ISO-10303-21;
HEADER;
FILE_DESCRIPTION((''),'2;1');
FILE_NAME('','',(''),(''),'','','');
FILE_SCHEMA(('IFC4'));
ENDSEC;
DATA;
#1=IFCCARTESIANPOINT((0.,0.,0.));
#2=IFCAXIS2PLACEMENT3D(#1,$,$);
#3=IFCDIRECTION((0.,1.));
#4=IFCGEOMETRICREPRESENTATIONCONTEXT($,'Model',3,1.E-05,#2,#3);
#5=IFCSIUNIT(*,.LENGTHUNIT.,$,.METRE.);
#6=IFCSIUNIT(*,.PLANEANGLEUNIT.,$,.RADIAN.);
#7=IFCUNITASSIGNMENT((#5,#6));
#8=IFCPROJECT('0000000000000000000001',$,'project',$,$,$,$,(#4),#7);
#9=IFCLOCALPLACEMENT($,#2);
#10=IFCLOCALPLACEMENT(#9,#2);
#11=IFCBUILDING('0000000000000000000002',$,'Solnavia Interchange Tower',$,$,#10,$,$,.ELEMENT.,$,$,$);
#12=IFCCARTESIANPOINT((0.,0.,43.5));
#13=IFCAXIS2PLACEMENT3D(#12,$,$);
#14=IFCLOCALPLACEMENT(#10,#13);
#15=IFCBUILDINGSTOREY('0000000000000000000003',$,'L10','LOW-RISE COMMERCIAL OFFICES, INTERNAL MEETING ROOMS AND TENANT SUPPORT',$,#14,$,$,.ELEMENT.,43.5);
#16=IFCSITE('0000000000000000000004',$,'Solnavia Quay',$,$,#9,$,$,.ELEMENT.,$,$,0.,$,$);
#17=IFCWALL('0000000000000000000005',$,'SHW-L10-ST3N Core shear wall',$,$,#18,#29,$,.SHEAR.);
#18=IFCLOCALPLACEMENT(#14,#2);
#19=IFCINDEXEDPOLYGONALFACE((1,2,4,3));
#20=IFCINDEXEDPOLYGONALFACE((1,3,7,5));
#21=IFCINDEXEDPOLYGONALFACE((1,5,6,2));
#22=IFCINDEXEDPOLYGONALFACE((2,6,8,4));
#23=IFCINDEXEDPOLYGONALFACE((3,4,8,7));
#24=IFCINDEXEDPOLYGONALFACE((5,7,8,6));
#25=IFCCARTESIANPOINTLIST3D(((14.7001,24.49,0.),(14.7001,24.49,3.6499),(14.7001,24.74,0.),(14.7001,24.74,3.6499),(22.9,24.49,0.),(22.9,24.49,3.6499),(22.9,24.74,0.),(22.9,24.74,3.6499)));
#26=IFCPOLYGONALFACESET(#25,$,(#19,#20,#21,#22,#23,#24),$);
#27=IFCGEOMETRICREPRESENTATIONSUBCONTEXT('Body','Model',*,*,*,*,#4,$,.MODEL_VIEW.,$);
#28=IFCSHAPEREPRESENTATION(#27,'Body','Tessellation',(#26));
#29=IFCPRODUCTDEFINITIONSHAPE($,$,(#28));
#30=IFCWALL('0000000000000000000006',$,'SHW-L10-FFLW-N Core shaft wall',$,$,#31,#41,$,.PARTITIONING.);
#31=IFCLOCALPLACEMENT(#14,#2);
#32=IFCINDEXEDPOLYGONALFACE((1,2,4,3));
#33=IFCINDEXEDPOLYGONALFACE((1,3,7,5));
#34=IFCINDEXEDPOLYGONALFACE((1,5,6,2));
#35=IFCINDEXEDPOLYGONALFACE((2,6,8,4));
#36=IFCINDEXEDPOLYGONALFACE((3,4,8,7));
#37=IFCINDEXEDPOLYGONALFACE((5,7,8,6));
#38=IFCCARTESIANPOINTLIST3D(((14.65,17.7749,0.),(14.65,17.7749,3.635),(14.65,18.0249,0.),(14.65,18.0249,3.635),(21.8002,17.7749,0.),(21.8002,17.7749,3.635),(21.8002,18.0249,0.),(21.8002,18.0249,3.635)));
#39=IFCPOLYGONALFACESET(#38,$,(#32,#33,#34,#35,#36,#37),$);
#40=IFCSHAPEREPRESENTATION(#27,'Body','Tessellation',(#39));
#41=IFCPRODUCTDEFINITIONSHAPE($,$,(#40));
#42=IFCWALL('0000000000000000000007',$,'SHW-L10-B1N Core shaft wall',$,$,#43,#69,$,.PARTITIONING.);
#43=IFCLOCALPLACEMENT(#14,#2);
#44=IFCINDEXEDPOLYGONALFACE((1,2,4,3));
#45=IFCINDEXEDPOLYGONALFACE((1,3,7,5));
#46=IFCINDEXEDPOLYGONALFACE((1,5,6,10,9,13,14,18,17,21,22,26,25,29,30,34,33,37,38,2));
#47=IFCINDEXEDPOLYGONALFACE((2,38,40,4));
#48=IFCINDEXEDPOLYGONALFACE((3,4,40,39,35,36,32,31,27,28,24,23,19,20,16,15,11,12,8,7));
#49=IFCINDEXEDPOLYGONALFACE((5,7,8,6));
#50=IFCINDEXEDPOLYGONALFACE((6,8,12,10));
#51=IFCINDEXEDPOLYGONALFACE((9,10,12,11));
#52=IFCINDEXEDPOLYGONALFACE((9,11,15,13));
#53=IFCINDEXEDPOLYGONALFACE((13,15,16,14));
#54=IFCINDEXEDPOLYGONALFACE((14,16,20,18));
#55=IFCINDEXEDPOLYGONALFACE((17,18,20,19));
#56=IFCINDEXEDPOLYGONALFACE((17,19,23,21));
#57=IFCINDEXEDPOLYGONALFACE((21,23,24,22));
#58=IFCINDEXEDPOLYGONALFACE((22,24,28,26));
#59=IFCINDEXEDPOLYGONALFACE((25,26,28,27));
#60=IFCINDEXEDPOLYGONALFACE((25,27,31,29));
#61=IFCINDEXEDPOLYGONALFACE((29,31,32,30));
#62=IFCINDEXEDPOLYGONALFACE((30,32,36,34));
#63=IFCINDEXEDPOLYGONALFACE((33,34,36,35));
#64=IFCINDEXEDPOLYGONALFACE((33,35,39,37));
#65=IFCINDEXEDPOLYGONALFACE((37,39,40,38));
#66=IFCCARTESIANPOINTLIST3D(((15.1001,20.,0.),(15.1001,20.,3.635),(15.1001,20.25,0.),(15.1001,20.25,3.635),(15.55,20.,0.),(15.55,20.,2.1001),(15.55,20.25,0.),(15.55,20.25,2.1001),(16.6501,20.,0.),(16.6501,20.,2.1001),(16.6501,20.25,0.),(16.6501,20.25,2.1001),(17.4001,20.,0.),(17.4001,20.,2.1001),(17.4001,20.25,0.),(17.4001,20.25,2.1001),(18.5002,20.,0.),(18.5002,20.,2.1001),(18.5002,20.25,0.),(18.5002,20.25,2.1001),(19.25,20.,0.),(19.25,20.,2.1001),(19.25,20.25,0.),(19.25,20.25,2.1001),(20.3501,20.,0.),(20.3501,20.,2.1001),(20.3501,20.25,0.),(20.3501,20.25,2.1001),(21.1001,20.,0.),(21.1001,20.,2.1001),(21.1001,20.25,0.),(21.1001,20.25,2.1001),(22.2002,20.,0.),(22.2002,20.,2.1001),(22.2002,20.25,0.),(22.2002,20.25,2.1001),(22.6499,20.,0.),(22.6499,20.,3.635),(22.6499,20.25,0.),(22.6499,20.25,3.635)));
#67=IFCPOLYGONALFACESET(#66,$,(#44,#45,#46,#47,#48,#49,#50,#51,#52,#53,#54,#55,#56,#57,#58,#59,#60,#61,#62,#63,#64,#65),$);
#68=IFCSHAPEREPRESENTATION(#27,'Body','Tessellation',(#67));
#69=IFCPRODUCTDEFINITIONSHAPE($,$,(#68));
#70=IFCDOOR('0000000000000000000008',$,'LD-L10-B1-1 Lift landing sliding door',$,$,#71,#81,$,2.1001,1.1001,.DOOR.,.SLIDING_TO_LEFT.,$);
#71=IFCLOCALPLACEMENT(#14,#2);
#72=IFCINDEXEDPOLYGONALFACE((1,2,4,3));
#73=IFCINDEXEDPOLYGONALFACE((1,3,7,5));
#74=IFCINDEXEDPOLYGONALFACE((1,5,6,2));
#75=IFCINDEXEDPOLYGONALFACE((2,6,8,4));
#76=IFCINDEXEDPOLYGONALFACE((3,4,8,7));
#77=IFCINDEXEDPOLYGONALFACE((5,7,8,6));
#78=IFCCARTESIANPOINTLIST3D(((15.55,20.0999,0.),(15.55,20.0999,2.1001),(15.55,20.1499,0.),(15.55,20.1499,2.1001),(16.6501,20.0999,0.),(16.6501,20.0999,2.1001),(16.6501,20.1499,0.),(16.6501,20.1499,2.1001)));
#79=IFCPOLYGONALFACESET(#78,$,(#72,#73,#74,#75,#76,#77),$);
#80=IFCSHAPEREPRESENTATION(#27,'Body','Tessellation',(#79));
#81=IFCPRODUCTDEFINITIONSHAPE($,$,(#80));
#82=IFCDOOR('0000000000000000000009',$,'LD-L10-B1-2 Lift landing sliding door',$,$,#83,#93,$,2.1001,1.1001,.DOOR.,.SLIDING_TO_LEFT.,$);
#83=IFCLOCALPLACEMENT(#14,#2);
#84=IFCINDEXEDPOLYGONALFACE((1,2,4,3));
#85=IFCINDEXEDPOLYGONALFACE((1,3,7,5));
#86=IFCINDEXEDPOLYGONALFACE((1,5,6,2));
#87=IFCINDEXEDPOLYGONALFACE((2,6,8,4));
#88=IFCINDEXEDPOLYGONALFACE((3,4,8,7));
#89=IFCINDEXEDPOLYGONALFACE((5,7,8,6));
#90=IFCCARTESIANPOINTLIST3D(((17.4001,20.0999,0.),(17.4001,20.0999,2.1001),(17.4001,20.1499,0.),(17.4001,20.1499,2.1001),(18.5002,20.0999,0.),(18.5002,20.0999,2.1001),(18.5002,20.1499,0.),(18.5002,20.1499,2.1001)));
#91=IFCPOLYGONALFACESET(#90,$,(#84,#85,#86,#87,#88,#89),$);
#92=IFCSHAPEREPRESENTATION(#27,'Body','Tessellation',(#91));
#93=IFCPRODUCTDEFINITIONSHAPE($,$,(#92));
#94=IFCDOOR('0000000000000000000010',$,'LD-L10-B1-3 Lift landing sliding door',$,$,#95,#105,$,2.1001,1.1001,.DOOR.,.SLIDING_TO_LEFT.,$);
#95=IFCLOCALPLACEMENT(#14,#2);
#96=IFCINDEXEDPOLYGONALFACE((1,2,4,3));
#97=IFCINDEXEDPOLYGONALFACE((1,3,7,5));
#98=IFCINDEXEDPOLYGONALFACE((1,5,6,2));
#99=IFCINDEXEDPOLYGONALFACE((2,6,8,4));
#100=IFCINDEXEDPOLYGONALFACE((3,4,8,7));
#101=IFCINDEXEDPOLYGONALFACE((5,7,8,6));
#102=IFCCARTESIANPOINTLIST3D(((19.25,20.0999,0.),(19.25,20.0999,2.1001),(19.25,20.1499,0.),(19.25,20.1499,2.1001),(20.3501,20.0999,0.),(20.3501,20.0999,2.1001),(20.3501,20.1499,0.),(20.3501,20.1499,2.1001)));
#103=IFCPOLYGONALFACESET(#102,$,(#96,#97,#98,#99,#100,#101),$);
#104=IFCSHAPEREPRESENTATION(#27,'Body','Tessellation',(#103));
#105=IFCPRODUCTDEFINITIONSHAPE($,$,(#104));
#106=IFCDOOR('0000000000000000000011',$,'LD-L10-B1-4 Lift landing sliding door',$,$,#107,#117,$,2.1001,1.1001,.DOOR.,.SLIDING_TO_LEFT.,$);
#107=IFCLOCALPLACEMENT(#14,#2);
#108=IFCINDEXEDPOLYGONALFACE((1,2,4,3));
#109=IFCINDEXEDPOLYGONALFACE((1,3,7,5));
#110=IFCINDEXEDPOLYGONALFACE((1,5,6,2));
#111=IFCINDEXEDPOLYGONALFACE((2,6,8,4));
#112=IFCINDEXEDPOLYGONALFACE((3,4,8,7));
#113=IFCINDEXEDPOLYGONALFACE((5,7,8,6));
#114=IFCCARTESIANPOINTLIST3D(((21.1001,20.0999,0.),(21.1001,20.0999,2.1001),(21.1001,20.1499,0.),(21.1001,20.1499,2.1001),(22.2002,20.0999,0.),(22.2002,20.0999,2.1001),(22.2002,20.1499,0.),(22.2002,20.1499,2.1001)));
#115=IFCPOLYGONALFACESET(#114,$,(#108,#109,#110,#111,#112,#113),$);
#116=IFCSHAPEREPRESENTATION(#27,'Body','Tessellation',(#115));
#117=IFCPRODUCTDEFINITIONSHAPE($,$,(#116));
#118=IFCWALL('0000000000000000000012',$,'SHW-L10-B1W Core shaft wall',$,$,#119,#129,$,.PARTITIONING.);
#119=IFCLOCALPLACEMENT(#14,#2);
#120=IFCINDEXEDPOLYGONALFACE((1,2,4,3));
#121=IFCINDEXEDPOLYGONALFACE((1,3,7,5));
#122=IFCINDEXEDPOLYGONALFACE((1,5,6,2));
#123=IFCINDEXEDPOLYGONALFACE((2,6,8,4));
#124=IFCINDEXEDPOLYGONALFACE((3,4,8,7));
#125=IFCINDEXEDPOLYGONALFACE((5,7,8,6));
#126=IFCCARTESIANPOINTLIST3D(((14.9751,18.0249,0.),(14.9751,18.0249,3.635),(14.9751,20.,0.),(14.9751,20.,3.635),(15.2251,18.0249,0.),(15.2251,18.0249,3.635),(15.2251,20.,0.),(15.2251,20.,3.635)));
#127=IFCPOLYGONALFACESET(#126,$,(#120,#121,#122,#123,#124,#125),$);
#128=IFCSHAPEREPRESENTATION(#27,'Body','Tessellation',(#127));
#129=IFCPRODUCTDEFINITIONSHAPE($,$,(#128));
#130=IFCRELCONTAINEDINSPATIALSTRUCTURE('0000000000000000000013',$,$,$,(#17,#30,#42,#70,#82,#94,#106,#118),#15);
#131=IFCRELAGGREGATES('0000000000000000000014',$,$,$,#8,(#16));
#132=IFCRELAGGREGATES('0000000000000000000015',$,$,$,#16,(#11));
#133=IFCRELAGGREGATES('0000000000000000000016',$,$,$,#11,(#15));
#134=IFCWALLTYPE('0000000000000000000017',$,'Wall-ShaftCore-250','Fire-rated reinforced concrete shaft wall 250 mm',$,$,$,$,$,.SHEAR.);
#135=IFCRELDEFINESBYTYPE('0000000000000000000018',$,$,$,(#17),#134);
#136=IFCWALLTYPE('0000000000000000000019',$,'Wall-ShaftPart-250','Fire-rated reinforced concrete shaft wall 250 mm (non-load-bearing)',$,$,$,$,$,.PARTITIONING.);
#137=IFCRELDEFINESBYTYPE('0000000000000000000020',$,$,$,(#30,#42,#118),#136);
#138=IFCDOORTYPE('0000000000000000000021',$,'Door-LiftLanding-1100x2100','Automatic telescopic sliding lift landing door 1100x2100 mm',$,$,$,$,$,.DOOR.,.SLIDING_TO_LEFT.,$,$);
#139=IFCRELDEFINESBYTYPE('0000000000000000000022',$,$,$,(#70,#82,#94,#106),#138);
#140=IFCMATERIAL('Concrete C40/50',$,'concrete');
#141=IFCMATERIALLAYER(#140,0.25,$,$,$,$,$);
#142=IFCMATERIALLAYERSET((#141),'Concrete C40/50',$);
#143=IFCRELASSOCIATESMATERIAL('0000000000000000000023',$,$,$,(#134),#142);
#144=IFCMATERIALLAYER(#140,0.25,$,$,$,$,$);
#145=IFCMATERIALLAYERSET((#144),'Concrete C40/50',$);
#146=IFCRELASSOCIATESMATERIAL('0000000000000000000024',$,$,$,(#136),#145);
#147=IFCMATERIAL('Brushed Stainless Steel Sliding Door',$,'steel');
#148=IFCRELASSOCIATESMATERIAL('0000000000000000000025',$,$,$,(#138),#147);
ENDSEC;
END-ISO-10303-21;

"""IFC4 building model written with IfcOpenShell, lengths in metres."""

from ifc_helpers import new_model, si_unit, direction, frame, frame_2d, origin, place, context, subcontext, project, spatial, rectangle, extrude, material, layer, layer_set, type_object, element, fill, save


model = new_model("IFC4")

# Units and contexts
model_context = context("Model", 3, precision=1e-05, world=origin(), true_north=direction((0.0, 1.0)))
body_context = subcontext(model_context, "Body", "Model", "MODEL_VIEW")
ifc_project = project(units=[si_unit("LENGTHUNIT", "METRE"), si_unit("PLANEANGLEUNIT", "RADIAN")], contexts=[model_context])

# Site, building, storey
site_placement = place(None, origin())
site = spatial("IfcSite", under=ifc_project, at=site_placement, Name="Solnavia Quay", CompositionType="ELEMENT", RefElevation=0.0)
building_placement = place(site_placement, origin())
building = spatial("IfcBuilding", under=site, at=building_placement, Name="Solnavia Interchange Tower", CompositionType="ELEMENT")
storey_placement = place(building_placement, frame((0.0, 0.0, 43.5)))
storey = spatial("IfcBuildingStorey", under=building, at=storey_placement, Name="L10", Description="LOW-RISE COMMERCIAL OFFICES, INTERNAL MEETING ROOMS AND TENANT SUPPORT", CompositionType="ELEMENT", Elevation=43.5)

# Shared definitions
ifc_material_1 = material(Name="Concrete C40/50", Category="concrete")

# Shared definitions
ifc_layer_1 = layer(ifc_material_1, 0.25)
ifc_layer_set_1 = layer_set([ifc_layer_1], Name="Concrete C40/50")
wall_type_1 = type_object("IfcWallType", Name="Wall-ShaftCore-250", Description="Fire-rated reinforced concrete shaft wall 250 mm", PredefinedType="SHEAR", material=ifc_layer_set_1)

# Walls
for number, where, z_axis, x_axis, name in (
    (1, (14.7, 24.615, 0.0), (0.0, 0.0, 1.0), (1.0, 0.0, 0.0), "SHW-L10-ST3N Core shear wall"),
):
    element("IfcWall", number, at=place(storey_placement, frame(where, z_axis=z_axis, x_axis=x_axis)), inside=storey, type_object=wall_type_1, Name=name, PredefinedType="SHEAR", context=body_context, shape_type="SweptSolid", body=[
        extrude(rectangle(XDim=8.2, YDim=0.25, at=frame_2d((4.1001, 0.0))), origin(), (0.0, 0.0, 1.0), 3.6499),
    ])
ifc_layer_2 = layer(ifc_material_1, 0.25)
ifc_layer_set_2 = layer_set([ifc_layer_2], Name="Concrete C40/50")
wall_type_2 = type_object("IfcWallType", Name="Wall-ShaftPart-250", Description="Fire-rated reinforced concrete shaft wall 250 mm (non-load-bearing)", PredefinedType="PARTITIONING", material=ifc_layer_set_2)
wall_1_placement = place(storey_placement, frame((14.6499, 17.8999, 0.0), z_axis=(0.0, 0.0, 1.0), x_axis=(1.0, 0.0, 0.0)))
element("IfcWall", 2, at=wall_1_placement, inside=storey, type_object=wall_type_2, Name="SHW-L10-FFLW-N Core shaft wall", PredefinedType="PARTITIONING", context=body_context, shape_type="SweptSolid", body=[
    extrude(rectangle(XDim=7.1501, YDim=0.25, at=frame_2d((3.5752, 0.0))), origin(), (0.0, 0.0, 1.0), 3.635),
])

# Wall, openings, doors
wall_2_placement = place(storey_placement, frame((15.1001, 20.125, 0.0), z_axis=(0.0, 0.0, 1.0), x_axis=(1.0, 0.0, 0.0)))
wall_2 = element("IfcWall", 3, at=wall_2_placement, inside=storey, type_object=wall_type_2, Name="SHW-L10-B1N Core shaft wall", PredefinedType="PARTITIONING", context=body_context, shape_type="SweptSolid", body=[
    extrude(rectangle(XDim=7.5498, YDim=0.25, at=frame_2d((3.7749, 0.0))), origin(), (0.0, 0.0, 1.0), 3.635),
])
opening_1_placement = place(wall_2_placement, frame((0.45, 0.0, 0.0)))
opening_1 = element("IfcOpeningElement", 4, at=opening_1_placement, cuts=wall_2, PredefinedType="OPENING", context=body_context, shape_type="SweptSolid", body=[
    extrude(rectangle(XDim=1.1001, YDim=2.1001, at=frame_2d((0.55, 1.05))), frame((0.0, 0.135, 0.0), z_axis=(0.0, -1.0, 0.0), x_axis=(1.0, 0.0, 0.0)), (0.0, 0.0, 1.0), 0.27),
])
opening_2_placement = place(wall_2_placement, frame((2.3, 0.0, 0.0)))
opening_2 = element("IfcOpeningElement", 5, at=opening_2_placement, cuts=wall_2, PredefinedType="OPENING", context=body_context, shape_type="SweptSolid", body=[
    extrude(rectangle(XDim=1.1001, YDim=2.1001, at=frame_2d((0.55, 1.05))), frame((0.0, 0.135, 0.0), z_axis=(0.0, -1.0, 0.0), x_axis=(1.0, 0.0, 0.0)), (0.0, 0.0, 1.0), 0.27),
])
opening_3_placement = place(wall_2_placement, frame((4.1499, 0.0, 0.0)))
opening_3 = element("IfcOpeningElement", 6, at=opening_3_placement, cuts=wall_2, PredefinedType="OPENING", context=body_context, shape_type="SweptSolid", body=[
    extrude(rectangle(XDim=1.1001, YDim=2.1001, at=frame_2d((0.55, 1.05))), frame((0.0, 0.135, 0.0), z_axis=(0.0, -1.0, 0.0), x_axis=(1.0, 0.0, 0.0)), (0.0, 0.0, 1.0), 0.27),
])
opening_4_placement = place(wall_2_placement, frame((6.0, 0.0, 0.0)))
opening_4 = element("IfcOpeningElement", 7, at=opening_4_placement, cuts=wall_2, PredefinedType="OPENING", context=body_context, shape_type="SweptSolid", body=[
    extrude(rectangle(XDim=1.1001, YDim=2.1001, at=frame_2d((0.55, 1.05))), frame((0.0, 0.135, 0.0), z_axis=(0.0, -1.0, 0.0), x_axis=(1.0, 0.0, 0.0)), (0.0, 0.0, 1.0), 0.27),
])
ifc_material_2 = material(Name="Brushed Stainless Steel Sliding Door", Category="steel")
door_type_1 = type_object("IfcDoorType", Name="Door-LiftLanding-1100x2100", Description="Automatic telescopic sliding lift landing door 1100x2100 mm", OperationType="SLIDING_TO_LEFT", PredefinedType="DOOR", material=ifc_material_2)
door_1_placement = place(opening_1_placement, origin())
door_1 = element("IfcDoor", 8, at=door_1_placement, inside=storey, type_object=door_type_1, Name="LD-L10-B1-1 Lift landing sliding door", OperationType="SLIDING_TO_LEFT", OverallHeight=2.1001, OverallWidth=1.1001, PredefinedType="DOOR", context=body_context, shape_type="SweptSolid", body=[
    extrude(rectangle(XDim=1.1001, YDim=2.1001, at=frame_2d((0.55, 1.05))), frame((0.0, 0.0249, 0.0), z_axis=(0.0, -1.0, 0.0), x_axis=(1.0, 0.0, 0.0)), (0.0, 0.0, 1.0), 0.05),
])
fill(opening_1, door_1)
door_2_placement = place(opening_2_placement, origin())
door_2 = element("IfcDoor", 9, at=door_2_placement, inside=storey, type_object=door_type_1, Name="LD-L10-B1-2 Lift landing sliding door", OperationType="SLIDING_TO_LEFT", OverallHeight=2.1001, OverallWidth=1.1001, PredefinedType="DOOR", context=body_context, shape_type="SweptSolid", body=[
    extrude(rectangle(XDim=1.1001, YDim=2.1001, at=frame_2d((0.55, 1.05))), frame((0.0, 0.0249, 0.0), z_axis=(0.0, -1.0, 0.0), x_axis=(1.0, 0.0, 0.0)), (0.0, 0.0, 1.0), 0.05),
])
fill(opening_2, door_2)
door_3_placement = place(opening_3_placement, origin())
door_3 = element("IfcDoor", 10, at=door_3_placement, inside=storey, type_object=door_type_1, Name="LD-L10-B1-3 Lift landing sliding door", OperationType="SLIDING_TO_LEFT", OverallHeight=2.1001, OverallWidth=1.1001, PredefinedType="DOOR", context=body_context, shape_type="SweptSolid", body=[
    extrude(rectangle(XDim=1.1001, YDim=2.1001, at=frame_2d((0.55, 1.05))), frame((0.0, 0.0249, 0.0), z_axis=(0.0, -1.0, 0.0), x_axis=(1.0, 0.0, 0.0)), (0.0, 0.0, 1.0), 0.05),
])
fill(opening_3, door_3)
door_4_placement = place(opening_4_placement, origin())
door_4 = element("IfcDoor", 11, at=door_4_placement, inside=storey, type_object=door_type_1, Name="LD-L10-B1-4 Lift landing sliding door", OperationType="SLIDING_TO_LEFT", OverallHeight=2.1001, OverallWidth=1.1001, PredefinedType="DOOR", context=body_context, shape_type="SweptSolid", body=[
    extrude(rectangle(XDim=1.1001, YDim=2.1001, at=frame_2d((0.55, 1.05))), frame((0.0, 0.0249, 0.0), z_axis=(0.0, -1.0, 0.0), x_axis=(1.0, 0.0, 0.0)), (0.0, 0.0, 1.0), 0.05),
])
fill(opening_4, door_4)

# Wall
wall_3_placement = place(storey_placement, frame((15.1001, 18.0249, 0.0), z_axis=(0.0, 0.0, 1.0), x_axis=(0.0, 1.0, 0.0)))
element("IfcWall", 12, at=wall_3_placement, inside=storey, type_object=wall_type_2, Name="SHW-L10-B1W Core shaft wall", PredefinedType="PARTITIONING", context=body_context, shape_type="SweptSolid", body=[
    extrude(rectangle(XDim=1.9751, YDim=0.25, at=frame_2d((0.9875, 0.0))), origin(), (0.0, 0.0, 1.0), 3.635),
])

save(model, "model.ifc")
